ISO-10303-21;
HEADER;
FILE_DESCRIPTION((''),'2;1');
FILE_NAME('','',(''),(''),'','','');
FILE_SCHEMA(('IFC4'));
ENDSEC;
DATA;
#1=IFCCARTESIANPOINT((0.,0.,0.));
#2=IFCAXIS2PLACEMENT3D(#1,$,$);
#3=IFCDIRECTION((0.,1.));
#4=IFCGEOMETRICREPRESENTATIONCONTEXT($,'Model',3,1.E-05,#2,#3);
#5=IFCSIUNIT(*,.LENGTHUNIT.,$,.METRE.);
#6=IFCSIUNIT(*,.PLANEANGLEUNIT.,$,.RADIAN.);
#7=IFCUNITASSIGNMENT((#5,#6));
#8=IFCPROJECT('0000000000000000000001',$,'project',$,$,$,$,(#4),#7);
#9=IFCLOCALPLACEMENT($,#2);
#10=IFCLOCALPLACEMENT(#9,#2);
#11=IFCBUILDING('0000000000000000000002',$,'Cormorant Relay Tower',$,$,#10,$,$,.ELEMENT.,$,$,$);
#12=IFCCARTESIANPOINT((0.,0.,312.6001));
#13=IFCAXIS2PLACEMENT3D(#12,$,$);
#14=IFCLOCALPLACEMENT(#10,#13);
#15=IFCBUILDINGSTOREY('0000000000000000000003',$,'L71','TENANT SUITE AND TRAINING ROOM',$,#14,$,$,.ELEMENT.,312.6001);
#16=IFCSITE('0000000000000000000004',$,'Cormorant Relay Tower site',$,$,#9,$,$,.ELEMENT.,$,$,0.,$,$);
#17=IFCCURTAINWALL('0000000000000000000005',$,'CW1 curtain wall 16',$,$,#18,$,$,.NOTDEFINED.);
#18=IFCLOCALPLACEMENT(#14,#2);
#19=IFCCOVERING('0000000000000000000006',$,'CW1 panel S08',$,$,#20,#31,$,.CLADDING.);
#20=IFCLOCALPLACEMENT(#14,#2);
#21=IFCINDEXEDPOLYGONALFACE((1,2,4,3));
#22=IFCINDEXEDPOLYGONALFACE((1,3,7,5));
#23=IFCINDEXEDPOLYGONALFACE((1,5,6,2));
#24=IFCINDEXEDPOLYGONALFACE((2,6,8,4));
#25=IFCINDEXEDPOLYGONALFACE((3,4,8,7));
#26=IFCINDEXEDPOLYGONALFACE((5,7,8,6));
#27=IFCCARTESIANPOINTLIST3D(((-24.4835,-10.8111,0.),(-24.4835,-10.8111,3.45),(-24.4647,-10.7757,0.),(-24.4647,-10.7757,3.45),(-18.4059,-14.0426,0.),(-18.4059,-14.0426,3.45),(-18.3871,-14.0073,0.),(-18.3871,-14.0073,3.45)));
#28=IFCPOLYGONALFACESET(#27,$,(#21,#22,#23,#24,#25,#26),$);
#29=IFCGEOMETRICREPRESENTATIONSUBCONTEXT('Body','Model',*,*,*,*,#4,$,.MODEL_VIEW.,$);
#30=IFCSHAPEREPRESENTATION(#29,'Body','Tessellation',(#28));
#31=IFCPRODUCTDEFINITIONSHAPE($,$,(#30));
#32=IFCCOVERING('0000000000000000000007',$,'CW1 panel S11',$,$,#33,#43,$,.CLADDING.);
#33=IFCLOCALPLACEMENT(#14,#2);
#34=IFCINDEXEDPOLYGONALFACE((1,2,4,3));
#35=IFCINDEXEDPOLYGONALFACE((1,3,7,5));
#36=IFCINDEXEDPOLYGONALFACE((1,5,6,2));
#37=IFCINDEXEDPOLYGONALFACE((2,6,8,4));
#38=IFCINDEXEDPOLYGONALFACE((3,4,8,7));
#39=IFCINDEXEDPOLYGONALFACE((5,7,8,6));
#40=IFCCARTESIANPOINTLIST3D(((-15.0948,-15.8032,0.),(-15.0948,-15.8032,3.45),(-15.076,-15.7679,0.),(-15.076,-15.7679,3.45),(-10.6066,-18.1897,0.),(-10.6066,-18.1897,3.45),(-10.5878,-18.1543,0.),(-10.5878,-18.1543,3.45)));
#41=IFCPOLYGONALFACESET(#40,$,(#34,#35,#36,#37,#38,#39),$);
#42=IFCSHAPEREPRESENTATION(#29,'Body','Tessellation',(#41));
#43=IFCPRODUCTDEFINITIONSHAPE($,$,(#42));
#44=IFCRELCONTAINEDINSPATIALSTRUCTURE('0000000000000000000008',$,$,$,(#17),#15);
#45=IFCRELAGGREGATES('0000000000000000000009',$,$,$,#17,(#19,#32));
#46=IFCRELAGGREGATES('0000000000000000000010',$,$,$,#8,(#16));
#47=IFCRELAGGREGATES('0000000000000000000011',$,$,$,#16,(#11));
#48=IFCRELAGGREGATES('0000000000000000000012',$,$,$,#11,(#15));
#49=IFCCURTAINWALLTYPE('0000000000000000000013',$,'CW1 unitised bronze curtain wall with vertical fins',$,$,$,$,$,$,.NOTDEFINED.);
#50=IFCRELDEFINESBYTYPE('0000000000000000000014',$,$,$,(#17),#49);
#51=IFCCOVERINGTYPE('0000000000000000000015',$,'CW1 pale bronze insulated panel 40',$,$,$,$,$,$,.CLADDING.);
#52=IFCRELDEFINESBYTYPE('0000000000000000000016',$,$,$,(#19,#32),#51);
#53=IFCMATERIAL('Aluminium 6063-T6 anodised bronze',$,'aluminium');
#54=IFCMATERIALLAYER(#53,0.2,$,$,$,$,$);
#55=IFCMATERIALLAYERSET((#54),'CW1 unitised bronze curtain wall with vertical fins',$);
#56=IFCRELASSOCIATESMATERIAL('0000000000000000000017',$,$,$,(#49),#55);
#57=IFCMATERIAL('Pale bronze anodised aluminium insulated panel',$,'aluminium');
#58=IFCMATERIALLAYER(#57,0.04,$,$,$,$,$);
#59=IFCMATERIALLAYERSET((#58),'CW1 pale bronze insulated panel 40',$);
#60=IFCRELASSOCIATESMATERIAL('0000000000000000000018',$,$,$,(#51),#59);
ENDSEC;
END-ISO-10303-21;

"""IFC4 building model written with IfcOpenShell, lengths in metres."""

from ifc_helpers import new_model, si_unit, direction, frame, origin, origin_2d, place, context, subcontext, project, spatial, rectangle, extrude, material, layer, layer_set, type_object, element, aggregate, save


model = new_model("IFC4")

# Units and contexts
model_context = context("Model", 3, precision=1e-05, world=origin(), true_north=direction((0.0, 1.0)))
body_context = subcontext(model_context, "Body", "Model", "MODEL_VIEW")
ifc_project = project(units=[si_unit("LENGTHUNIT", "METRE"), si_unit("PLANEANGLEUNIT", "RADIAN")], contexts=[model_context])

# Site, building, storey
site_placement = place(None, origin())
site = spatial("IfcSite", under=ifc_project, at=site_placement, Name="Cormorant Relay Tower site", CompositionType="ELEMENT", RefElevation=0.0)
building_placement = place(site_placement, origin())
building = spatial("IfcBuilding", under=site, at=building_placement, Name="Cormorant Relay Tower", CompositionType="ELEMENT")
storey_placement = place(building_placement, frame((0.0, 0.0, 312.6001)))
storey = spatial("IfcBuildingStorey", under=building, at=storey_placement, Name="L71", Description="TENANT SUITE AND TRAINING ROOM", CompositionType="ELEMENT", Elevation=312.6001)

# Curtain wall
ifc_material_1 = material(Name="Aluminium 6063-T6 anodised bronze", Category="aluminium")
ifc_layer_1 = layer(ifc_material_1, 0.2)
ifc_layer_set_1 = layer_set([ifc_layer_1], Name="CW1 unitised bronze curtain wall with vertical fins")
curtain_wall_type = type_object("IfcCurtainWallType", Name="CW1 unitised bronze curtain wall with vertical fins", PredefinedType="NOTDEFINED", material=ifc_layer_set_1)
curtain_wall_placement = place(storey_placement, origin())
curtain_wall = element("IfcCurtainWall", 1, at=curtain_wall_placement, inside=storey, type_object=curtain_wall_type, Name="CW1 curtain wall 16", PredefinedType="NOTDEFINED")

# Coverings
ifc_material_2 = material(Name="Pale bronze anodised aluminium insulated panel", Category="aluminium")
ifc_layer_2 = layer(ifc_material_2, 0.04)
ifc_layer_set_2 = layer_set([ifc_layer_2], Name="CW1 pale bronze insulated panel 40")
covering_type = type_object("IfcCoveringType", Name="CW1 pale bronze insulated panel 40", PredefinedType="CLADDING", material=ifc_layer_set_2)
covering_1_placement = place(storey_placement, frame((-21.4353, -12.4092, 0.0), z_axis=(0.0, 0.0, 1.0), x_axis=(0.882948, -0.469472, 0.0)))
covering_1 = element("IfcCovering", 2, at=covering_1_placement, type_object=covering_type, Name="CW1 panel S08", PredefinedType="CLADDING", context=body_context, shape_type="SweptSolid", body=[
    extrude(rectangle(XDim=6.8833, YDim=0.04, at=origin_2d()), origin(), (0.0, 0.0, 1.0), 3.45),
])
covering_2_placement = place(storey_placement, frame((-12.8413, -16.9788, 0.0), z_axis=(0.0, 0.0, 1.0), x_axis=(0.882948, -0.469472, 0.0)))
covering_2 = element("IfcCovering", 3, at=covering_2_placement, type_object=covering_type, Name="CW1 panel S11", PredefinedType="CLADDING", context=body_context, shape_type="SweptSolid", body=[
    extrude(rectangle(XDim=5.0833, YDim=0.04, at=origin_2d()), origin(), (0.0, 0.0, 1.0), 3.45),
])
aggregate(curtain_wall, [covering_1, covering_2])

save(model, "model.ifc")
